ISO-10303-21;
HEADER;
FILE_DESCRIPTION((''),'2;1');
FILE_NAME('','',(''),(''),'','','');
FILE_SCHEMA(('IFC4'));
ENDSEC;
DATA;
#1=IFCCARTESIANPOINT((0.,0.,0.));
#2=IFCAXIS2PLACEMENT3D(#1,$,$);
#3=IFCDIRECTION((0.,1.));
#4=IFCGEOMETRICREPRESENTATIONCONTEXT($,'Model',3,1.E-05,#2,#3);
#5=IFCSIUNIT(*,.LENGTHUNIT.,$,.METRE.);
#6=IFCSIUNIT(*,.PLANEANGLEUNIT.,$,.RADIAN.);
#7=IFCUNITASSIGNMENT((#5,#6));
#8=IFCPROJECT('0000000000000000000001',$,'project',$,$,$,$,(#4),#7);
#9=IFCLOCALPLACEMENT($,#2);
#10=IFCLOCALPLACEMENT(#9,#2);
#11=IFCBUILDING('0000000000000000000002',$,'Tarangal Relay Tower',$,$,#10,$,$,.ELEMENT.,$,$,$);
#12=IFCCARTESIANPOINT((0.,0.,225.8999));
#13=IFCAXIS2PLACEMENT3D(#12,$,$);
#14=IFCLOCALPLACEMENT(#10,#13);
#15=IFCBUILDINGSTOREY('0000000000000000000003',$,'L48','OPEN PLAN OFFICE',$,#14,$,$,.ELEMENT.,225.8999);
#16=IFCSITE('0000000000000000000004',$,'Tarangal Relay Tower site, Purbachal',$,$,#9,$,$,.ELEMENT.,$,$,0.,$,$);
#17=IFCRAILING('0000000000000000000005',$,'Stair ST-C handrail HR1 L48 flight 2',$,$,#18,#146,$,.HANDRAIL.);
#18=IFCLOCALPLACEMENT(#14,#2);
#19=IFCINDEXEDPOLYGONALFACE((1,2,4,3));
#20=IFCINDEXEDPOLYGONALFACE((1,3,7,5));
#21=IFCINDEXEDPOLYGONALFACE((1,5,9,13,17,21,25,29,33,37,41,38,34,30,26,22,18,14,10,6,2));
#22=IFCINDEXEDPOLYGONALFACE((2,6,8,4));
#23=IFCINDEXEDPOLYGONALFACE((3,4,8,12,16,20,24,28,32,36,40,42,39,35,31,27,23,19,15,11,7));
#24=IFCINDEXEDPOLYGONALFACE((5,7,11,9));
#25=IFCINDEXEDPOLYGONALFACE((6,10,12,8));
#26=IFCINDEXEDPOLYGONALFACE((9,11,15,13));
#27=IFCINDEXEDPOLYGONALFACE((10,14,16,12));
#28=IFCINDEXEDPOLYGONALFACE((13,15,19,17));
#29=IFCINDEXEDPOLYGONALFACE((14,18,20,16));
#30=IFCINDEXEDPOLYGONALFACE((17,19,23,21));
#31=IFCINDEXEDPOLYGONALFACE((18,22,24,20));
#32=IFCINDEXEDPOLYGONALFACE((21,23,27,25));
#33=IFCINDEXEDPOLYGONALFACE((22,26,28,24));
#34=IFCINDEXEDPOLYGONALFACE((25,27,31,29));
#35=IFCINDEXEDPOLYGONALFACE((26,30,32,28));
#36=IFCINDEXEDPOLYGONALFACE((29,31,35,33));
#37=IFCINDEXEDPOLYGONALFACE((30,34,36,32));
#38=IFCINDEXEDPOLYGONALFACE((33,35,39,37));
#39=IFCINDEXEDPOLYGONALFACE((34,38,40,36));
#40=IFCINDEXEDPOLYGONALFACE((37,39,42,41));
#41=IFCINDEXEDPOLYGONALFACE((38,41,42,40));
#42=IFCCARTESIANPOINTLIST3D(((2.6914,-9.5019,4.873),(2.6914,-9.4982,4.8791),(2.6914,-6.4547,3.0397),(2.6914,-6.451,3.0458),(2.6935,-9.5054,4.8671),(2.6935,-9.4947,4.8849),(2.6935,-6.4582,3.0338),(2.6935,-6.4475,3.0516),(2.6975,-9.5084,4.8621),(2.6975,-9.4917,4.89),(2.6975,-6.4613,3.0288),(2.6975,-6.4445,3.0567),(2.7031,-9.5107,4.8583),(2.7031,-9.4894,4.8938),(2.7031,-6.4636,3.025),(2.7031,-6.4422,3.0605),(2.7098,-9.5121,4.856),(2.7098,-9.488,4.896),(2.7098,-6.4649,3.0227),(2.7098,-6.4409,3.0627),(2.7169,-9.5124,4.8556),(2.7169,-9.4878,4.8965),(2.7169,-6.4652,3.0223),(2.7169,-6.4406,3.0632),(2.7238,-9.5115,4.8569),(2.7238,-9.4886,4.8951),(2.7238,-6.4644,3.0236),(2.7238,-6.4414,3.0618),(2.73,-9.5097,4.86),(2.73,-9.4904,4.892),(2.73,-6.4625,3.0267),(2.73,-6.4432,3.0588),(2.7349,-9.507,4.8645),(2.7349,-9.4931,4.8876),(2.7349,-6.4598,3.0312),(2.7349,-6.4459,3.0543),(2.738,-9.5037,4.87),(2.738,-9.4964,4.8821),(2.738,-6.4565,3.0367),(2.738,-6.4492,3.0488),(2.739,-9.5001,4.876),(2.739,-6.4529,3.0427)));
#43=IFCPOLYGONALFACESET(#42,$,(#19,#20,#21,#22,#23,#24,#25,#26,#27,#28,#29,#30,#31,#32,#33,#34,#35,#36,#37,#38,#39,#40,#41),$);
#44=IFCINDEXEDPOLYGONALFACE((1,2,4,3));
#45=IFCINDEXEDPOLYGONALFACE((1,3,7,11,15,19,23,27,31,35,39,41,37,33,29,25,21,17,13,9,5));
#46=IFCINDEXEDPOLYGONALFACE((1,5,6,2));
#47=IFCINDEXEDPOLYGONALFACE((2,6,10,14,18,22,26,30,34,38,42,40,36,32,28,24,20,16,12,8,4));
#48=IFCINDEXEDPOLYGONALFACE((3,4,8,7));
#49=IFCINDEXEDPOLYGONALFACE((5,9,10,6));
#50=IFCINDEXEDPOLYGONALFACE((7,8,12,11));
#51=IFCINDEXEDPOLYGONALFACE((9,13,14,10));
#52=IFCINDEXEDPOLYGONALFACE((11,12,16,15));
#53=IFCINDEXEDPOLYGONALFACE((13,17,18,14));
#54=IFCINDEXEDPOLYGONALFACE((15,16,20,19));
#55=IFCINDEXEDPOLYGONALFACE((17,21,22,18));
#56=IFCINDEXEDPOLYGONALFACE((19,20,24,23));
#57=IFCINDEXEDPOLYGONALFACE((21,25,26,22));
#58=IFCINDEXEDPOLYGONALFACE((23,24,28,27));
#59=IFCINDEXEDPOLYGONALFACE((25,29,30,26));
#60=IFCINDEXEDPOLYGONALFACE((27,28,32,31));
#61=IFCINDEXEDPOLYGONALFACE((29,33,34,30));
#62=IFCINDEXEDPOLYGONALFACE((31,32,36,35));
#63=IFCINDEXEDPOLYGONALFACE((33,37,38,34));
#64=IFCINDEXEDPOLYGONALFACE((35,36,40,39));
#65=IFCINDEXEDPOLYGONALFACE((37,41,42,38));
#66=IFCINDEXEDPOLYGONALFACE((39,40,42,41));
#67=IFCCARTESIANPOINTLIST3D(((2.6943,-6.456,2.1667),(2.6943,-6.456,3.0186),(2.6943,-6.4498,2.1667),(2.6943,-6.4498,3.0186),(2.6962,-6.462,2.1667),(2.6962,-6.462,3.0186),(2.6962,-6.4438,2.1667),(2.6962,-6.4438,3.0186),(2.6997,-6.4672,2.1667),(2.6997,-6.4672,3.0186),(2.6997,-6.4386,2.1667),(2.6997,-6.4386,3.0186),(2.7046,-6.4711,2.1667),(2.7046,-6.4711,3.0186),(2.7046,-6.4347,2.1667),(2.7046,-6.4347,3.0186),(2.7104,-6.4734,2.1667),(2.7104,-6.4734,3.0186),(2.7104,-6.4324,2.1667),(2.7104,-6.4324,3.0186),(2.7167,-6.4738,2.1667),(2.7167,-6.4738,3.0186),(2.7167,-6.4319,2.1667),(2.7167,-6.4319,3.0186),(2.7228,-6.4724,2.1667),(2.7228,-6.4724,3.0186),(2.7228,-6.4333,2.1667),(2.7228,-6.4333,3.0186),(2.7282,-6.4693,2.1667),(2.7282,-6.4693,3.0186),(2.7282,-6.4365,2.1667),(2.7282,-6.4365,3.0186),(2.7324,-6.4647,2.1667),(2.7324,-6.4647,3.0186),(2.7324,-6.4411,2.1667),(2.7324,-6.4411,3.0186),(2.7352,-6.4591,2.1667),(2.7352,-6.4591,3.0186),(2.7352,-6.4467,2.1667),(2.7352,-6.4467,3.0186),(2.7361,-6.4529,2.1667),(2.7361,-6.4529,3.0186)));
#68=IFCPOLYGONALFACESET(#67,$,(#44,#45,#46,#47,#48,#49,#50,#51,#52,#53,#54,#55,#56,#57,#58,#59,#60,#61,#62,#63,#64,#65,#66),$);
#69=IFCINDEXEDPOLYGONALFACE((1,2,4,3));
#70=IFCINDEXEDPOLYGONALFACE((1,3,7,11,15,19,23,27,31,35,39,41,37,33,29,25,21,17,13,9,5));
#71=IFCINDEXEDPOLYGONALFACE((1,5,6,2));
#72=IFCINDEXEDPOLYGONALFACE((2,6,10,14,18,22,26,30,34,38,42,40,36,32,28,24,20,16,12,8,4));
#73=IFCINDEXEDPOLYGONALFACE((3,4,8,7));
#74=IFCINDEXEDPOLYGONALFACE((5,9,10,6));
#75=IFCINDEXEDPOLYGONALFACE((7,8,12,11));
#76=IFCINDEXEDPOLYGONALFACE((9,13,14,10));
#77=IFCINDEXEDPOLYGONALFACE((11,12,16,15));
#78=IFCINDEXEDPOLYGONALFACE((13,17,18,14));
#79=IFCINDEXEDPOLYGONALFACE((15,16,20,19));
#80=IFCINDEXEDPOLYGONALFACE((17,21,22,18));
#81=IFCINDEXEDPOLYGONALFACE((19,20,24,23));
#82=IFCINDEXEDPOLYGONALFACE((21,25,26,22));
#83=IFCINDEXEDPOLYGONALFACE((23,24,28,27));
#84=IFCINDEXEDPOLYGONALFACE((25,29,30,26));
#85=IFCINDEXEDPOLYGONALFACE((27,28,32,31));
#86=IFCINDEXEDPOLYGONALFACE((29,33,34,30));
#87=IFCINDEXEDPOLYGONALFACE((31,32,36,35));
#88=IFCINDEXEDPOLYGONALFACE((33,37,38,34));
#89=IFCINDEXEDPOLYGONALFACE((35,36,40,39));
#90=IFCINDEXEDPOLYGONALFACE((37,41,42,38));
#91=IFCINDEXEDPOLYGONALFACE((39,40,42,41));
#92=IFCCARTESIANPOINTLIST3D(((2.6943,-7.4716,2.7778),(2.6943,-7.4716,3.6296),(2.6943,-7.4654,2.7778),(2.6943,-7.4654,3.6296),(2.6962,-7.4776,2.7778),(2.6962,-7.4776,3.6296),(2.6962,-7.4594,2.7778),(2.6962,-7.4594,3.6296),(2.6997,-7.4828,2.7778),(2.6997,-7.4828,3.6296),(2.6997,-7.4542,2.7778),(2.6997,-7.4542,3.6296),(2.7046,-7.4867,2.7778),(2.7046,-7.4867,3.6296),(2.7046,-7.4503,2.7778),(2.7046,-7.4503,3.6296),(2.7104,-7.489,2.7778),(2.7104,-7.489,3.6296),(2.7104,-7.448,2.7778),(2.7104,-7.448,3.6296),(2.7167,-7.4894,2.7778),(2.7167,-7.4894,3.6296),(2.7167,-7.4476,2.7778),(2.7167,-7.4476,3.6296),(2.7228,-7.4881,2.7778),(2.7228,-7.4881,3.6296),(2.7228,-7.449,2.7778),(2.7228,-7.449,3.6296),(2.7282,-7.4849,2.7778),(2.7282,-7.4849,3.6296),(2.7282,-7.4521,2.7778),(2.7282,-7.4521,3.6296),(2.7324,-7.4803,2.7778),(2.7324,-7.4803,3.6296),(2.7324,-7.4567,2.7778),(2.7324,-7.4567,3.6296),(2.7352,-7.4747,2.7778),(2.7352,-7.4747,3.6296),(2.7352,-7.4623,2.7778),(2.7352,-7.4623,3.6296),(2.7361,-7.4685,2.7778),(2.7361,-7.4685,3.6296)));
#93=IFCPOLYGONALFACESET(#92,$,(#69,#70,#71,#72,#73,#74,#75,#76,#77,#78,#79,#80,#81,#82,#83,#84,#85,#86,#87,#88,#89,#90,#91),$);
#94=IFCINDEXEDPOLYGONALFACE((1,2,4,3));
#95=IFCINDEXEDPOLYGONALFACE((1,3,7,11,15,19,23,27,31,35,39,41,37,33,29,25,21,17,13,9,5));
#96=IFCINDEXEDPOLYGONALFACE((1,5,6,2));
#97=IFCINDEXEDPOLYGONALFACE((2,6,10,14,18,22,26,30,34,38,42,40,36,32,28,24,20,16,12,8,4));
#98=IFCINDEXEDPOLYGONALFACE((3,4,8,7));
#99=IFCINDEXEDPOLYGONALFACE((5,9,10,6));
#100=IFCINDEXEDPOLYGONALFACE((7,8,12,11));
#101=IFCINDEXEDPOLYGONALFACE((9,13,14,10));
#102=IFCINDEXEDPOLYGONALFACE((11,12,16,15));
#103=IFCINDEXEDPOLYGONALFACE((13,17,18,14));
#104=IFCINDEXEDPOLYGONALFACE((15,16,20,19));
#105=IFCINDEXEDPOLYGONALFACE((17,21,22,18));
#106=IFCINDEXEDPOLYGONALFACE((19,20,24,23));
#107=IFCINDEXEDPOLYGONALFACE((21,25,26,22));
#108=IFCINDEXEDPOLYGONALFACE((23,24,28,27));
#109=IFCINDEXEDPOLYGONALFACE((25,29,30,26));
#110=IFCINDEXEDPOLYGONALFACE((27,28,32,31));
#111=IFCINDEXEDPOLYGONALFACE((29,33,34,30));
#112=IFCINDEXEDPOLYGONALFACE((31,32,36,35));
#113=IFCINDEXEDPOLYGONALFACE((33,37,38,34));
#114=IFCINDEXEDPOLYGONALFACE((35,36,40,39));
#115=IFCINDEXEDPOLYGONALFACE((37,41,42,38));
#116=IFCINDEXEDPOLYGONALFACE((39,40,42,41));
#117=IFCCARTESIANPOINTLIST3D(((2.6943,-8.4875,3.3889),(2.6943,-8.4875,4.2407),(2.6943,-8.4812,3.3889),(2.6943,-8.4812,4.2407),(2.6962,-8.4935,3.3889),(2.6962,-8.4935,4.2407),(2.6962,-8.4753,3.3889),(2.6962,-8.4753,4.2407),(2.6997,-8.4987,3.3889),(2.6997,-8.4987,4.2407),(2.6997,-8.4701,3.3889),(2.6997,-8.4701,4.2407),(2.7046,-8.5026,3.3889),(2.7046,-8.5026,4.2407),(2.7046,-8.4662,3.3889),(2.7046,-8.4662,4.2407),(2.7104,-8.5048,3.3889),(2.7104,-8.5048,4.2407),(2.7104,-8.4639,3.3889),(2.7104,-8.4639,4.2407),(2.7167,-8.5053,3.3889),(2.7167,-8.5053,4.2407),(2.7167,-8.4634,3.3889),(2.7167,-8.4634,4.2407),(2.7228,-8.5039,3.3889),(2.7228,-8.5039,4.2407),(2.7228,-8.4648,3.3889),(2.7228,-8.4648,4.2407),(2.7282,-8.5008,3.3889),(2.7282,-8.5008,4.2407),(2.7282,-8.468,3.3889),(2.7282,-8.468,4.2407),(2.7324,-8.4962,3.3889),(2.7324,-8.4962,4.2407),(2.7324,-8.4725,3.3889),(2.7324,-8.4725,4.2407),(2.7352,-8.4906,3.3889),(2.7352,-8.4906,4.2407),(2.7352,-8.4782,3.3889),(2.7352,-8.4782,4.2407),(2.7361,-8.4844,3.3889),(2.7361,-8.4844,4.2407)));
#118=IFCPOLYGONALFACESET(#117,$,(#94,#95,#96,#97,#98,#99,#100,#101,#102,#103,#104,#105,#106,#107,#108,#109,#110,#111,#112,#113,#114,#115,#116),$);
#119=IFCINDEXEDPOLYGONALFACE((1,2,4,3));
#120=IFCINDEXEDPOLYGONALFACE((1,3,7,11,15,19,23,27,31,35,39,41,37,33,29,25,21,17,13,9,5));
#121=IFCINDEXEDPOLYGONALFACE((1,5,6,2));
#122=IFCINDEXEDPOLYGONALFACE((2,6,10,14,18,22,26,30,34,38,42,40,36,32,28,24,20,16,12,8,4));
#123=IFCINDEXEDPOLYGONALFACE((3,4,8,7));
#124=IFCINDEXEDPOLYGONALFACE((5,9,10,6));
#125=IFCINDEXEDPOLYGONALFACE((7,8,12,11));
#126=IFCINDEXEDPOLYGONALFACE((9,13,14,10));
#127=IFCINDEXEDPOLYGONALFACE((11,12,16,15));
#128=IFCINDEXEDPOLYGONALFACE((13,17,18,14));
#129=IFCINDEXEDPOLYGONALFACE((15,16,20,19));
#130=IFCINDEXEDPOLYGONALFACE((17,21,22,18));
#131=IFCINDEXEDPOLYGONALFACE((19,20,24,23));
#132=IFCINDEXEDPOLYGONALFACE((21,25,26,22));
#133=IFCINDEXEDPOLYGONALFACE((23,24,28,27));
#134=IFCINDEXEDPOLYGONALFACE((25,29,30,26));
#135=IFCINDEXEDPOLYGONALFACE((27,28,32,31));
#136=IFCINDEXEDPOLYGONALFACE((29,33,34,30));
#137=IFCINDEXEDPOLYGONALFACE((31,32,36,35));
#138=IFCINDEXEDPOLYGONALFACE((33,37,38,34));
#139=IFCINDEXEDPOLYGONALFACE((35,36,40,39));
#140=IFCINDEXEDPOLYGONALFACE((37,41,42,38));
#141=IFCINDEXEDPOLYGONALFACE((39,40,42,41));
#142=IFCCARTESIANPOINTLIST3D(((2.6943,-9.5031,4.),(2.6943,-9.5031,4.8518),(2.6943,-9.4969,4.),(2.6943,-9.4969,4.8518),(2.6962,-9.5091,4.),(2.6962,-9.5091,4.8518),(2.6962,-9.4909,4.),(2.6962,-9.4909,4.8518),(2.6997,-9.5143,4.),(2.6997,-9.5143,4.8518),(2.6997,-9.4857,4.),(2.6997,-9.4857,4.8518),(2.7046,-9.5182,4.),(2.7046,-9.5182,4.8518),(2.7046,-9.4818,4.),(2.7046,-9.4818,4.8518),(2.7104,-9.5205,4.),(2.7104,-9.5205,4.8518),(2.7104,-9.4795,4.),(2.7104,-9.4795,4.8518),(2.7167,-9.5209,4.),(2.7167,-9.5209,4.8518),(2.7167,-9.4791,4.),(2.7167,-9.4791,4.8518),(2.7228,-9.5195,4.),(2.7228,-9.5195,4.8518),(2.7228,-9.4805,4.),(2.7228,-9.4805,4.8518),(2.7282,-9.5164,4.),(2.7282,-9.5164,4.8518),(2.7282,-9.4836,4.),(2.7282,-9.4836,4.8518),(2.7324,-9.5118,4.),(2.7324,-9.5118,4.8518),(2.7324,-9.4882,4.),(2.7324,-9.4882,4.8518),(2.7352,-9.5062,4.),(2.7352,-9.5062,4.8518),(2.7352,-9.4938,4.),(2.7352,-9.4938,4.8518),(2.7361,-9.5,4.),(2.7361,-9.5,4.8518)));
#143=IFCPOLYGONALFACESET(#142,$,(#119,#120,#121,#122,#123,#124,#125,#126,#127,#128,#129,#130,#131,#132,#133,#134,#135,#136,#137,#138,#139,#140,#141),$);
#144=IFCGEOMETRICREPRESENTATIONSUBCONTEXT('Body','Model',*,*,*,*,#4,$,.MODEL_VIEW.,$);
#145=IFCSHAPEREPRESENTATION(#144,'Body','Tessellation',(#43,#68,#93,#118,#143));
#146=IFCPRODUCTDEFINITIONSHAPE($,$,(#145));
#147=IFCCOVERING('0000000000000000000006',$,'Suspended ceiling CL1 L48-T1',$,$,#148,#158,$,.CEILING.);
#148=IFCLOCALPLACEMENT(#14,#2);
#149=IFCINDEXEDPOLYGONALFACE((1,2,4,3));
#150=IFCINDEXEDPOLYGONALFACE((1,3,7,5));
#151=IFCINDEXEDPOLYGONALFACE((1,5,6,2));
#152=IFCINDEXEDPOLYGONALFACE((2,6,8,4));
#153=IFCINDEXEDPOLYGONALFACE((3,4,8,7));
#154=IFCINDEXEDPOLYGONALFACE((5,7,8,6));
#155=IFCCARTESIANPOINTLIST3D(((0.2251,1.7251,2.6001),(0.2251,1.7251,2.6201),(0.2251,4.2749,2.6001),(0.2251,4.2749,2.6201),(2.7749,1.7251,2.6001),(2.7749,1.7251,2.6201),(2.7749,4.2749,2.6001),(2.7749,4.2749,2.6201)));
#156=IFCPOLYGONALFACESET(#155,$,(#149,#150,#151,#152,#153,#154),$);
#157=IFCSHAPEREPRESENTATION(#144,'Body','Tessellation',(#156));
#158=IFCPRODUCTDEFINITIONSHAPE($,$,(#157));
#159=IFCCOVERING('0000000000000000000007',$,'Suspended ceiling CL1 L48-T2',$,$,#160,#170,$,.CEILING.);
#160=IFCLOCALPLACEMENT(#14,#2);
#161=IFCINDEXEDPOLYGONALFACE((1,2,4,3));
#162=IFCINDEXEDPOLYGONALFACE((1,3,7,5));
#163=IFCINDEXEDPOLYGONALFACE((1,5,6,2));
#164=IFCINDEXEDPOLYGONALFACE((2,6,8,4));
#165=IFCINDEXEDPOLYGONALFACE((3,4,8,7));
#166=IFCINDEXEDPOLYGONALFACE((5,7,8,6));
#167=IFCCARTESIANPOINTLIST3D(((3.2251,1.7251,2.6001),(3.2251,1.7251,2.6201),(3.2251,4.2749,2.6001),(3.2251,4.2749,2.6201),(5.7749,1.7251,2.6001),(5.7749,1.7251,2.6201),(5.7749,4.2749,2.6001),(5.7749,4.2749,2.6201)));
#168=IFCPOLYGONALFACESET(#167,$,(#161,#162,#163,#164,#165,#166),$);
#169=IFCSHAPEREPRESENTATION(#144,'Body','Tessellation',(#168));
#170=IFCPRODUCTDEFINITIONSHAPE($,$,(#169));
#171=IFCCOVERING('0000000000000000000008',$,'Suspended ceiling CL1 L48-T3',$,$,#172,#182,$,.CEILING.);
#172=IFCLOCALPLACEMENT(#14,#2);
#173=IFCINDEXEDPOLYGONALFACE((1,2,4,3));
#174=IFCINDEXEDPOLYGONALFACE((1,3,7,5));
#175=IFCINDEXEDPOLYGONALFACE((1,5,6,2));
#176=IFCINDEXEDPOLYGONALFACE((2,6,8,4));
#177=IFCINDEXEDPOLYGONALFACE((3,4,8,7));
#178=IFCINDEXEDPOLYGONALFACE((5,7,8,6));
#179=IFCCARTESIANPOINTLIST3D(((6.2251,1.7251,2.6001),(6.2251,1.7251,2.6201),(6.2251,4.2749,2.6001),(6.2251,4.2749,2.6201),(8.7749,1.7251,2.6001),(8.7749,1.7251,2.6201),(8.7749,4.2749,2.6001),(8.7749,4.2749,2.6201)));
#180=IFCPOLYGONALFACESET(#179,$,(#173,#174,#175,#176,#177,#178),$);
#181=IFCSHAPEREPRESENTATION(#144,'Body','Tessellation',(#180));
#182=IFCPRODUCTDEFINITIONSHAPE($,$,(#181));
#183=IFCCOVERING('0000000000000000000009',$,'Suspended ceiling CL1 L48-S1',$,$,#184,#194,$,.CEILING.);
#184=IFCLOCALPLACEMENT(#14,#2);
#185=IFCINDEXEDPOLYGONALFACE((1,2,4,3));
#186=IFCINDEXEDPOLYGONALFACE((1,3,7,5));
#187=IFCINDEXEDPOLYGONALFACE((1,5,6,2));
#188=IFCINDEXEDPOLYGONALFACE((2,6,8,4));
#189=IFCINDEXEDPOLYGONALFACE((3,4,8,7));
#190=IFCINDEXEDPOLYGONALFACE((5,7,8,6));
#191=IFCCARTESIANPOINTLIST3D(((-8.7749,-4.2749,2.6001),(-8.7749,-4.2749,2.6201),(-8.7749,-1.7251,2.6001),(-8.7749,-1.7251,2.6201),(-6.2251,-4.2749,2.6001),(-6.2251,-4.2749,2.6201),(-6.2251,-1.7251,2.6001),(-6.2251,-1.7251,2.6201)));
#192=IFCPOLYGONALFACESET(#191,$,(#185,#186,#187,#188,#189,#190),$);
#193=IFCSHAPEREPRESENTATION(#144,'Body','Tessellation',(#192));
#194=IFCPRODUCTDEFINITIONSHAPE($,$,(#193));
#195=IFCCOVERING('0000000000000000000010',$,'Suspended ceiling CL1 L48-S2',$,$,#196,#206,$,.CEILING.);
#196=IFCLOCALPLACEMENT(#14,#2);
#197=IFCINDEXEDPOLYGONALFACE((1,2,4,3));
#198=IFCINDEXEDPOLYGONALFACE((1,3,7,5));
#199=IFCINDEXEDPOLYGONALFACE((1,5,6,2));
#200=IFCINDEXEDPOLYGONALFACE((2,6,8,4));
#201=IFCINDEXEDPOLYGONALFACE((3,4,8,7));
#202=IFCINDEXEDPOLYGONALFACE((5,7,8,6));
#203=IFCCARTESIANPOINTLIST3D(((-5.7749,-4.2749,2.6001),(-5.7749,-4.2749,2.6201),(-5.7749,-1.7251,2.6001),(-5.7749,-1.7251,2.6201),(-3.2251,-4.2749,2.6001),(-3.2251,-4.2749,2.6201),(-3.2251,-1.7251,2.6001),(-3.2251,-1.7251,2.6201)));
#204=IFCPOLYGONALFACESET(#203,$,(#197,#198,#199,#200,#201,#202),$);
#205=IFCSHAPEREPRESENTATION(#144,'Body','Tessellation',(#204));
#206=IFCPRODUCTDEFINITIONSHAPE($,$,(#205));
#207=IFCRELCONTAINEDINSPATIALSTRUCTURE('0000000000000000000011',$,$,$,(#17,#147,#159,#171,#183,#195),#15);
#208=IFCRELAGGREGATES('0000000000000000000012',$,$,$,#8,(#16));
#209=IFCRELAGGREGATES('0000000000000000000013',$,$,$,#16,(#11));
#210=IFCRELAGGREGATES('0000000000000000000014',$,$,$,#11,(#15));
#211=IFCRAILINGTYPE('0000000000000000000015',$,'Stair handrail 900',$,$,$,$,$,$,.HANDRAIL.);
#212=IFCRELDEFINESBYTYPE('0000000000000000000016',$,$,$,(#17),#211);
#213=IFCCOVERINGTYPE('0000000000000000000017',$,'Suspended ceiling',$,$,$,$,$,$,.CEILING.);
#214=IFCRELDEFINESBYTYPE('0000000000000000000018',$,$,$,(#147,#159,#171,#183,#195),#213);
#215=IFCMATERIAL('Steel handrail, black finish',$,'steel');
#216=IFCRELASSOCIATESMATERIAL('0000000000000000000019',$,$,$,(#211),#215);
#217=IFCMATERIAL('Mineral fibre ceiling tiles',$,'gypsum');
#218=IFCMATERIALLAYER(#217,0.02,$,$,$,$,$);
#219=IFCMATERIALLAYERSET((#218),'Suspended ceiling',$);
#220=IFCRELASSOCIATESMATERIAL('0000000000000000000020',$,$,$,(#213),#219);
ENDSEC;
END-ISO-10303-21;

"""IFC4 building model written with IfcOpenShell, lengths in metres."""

from ifc_helpers import new_model, si_unit, direction, frame, origin, origin_2d, place, context, subcontext, project, spatial, polyline, circle, outline, extrude, material, layer, layer_set, type_object, element, save


model = new_model("IFC4")

# Units and contexts
model_context = context("Model", 3, precision=1e-05, world=origin(), true_north=direction((0.0, 1.0)))
body_context = subcontext(model_context, "Body", "Model", "MODEL_VIEW")
ifc_project = project(units=[si_unit("LENGTHUNIT", "METRE"), si_unit("PLANEANGLEUNIT", "RADIAN")], contexts=[model_context])

# Site, building, storey
site_placement = place(None, origin())
site = spatial("IfcSite", under=ifc_project, at=site_placement, Name="Tarangal Relay Tower site, Purbachal", CompositionType="ELEMENT", RefElevation=0.0)
building_placement = place(site_placement, origin())
building = spatial("IfcBuilding", under=site, at=building_placement, Name="Tarangal Relay Tower", CompositionType="ELEMENT")
storey_placement = place(building_placement, frame((0.0, 0.0, 225.8999)))
storey = spatial("IfcBuildingStorey", under=building, at=storey_placement, Name="L48", Description="OPEN PLAN OFFICE", CompositionType="ELEMENT", Elevation=225.8999)

# Railing
ifc_material_1 = material(Name="Steel handrail, black finish", Category="steel")
railing_type_1 = type_object("IfcRailingType", Name="Stair handrail 900", PredefinedType="HANDRAIL", material=ifc_material_1)
railing_1_placement = place(storey_placement, frame((2.7151, -6.4529, 2.1667)))
element("IfcRailing", 1, at=railing_1_placement, inside=storey, type_object=railing_type_1, Name="Stair ST-C handrail HR1 L48 flight 2", PredefinedType="HANDRAIL", context=body_context, shape_type="SweptSolid", body=[
    extrude(circle(Radius=0.0239, at=origin_2d()), frame((0.0, 0.0, 0.876), z_axis=(0.0, -0.856874, 0.515525), x_axis=(1.0, 0.0, 0.0)), (0.0, 0.0, 1.0), 3.5562),
    extrude(circle(Radius=0.021, at=origin_2d()), origin(), (0.0, 0.0, 1.0), 0.8518),
    extrude(circle(Radius=0.021, at=origin_2d()), frame((0.0, -1.0156, 0.6111)), (0.0, 0.0, 1.0), 0.8518),
    extrude(circle(Radius=0.021, at=origin_2d()), frame((0.0, -2.0315, 1.2222)), (0.0, 0.0, 1.0), 0.8518),
    extrude(circle(Radius=0.021, at=origin_2d()), frame((0.0, -3.0471, 1.8333)), (0.0, 0.0, 1.0), 0.8518),
])

# Coverings
ifc_material_2 = material(Name="Mineral fibre ceiling tiles", Category="gypsum")
ifc_layer_1 = layer(ifc_material_2, 0.02)
ifc_layer_set_1 = layer_set([ifc_layer_1], Name="Suspended ceiling")
covering_type_1 = type_object("IfcCoveringType", Name="Suspended ceiling", PredefinedType="CEILING", material=ifc_layer_set_1)
covering_1_placement = place(storey_placement, frame((0.0, 0.0, 2.6001)))
element("IfcCovering", 2, at=covering_1_placement, inside=storey, type_object=covering_type_1, Name="Suspended ceiling CL1 L48-T1", PredefinedType="CEILING", context=body_context, shape_type="SweptSolid", body=[
    extrude(outline(polyline([(0.2251, 1.7251), (2.7749, 1.7251), (2.7749, 4.2749), (0.2251, 4.2749), (0.2251, 1.7251)])), origin(), (0.0, 0.0, 1.0), 0.02),
])
covering_2_placement = place(storey_placement, frame((0.0, 0.0, 2.6001)))
element("IfcCovering", 3, at=covering_2_placement, inside=storey, type_object=covering_type_1, Name="Suspended ceiling CL1 L48-T2", PredefinedType="CEILING", context=body_context, shape_type="SweptSolid", body=[
    extrude(outline(polyline([(3.2251, 1.7251), (5.7749, 1.7251), (5.7749, 4.2749), (3.2251, 4.2749), (3.2251, 1.7251)])), origin(), (0.0, 0.0, 1.0), 0.02),
])
covering_3_placement = place(storey_placement, frame((0.0, 0.0, 2.6001)))
element("IfcCovering", 4, at=covering_3_placement, inside=storey, type_object=covering_type_1, Name="Suspended ceiling CL1 L48-T3", PredefinedType="CEILING", context=body_context, shape_type="SweptSolid", body=[
    extrude(outline(polyline([(6.2251, 1.7251), (8.7749, 1.7251), (8.7749, 4.2749), (6.2251, 4.2749), (6.2251, 1.7251)])), origin(), (0.0, 0.0, 1.0), 0.02),
])
covering_4_placement = place(storey_placement, frame((0.0, 0.0, 2.6001)))
element("IfcCovering", 5, at=covering_4_placement, inside=storey, type_object=covering_type_1, Name="Suspended ceiling CL1 L48-S1", PredefinedType="CEILING", context=body_context, shape_type="SweptSolid", body=[
    extrude(outline(polyline([(-8.7749, -4.2749), (-6.2251, -4.2749), (-6.2251, -1.7251), (-8.7749, -1.7251), (-8.7749, -4.2749)])), origin(), (0.0, 0.0, 1.0), 0.02),
])
covering_5_placement = place(storey_placement, frame((0.0, 0.0, 2.6001)))
element("IfcCovering", 6, at=covering_5_placement, inside=storey, type_object=covering_type_1, Name="Suspended ceiling CL1 L48-S2", PredefinedType="CEILING", context=body_context, shape_type="SweptSolid", body=[
    extrude(outline(polyline([(-5.7749, -4.2749), (-3.2251, -4.2749), (-3.2251, -1.7251), (-5.7749, -1.7251), (-5.7749, -4.2749)])), origin(), (0.0, 0.0, 1.0), 0.02),
])

save(model, "model.ifc")
